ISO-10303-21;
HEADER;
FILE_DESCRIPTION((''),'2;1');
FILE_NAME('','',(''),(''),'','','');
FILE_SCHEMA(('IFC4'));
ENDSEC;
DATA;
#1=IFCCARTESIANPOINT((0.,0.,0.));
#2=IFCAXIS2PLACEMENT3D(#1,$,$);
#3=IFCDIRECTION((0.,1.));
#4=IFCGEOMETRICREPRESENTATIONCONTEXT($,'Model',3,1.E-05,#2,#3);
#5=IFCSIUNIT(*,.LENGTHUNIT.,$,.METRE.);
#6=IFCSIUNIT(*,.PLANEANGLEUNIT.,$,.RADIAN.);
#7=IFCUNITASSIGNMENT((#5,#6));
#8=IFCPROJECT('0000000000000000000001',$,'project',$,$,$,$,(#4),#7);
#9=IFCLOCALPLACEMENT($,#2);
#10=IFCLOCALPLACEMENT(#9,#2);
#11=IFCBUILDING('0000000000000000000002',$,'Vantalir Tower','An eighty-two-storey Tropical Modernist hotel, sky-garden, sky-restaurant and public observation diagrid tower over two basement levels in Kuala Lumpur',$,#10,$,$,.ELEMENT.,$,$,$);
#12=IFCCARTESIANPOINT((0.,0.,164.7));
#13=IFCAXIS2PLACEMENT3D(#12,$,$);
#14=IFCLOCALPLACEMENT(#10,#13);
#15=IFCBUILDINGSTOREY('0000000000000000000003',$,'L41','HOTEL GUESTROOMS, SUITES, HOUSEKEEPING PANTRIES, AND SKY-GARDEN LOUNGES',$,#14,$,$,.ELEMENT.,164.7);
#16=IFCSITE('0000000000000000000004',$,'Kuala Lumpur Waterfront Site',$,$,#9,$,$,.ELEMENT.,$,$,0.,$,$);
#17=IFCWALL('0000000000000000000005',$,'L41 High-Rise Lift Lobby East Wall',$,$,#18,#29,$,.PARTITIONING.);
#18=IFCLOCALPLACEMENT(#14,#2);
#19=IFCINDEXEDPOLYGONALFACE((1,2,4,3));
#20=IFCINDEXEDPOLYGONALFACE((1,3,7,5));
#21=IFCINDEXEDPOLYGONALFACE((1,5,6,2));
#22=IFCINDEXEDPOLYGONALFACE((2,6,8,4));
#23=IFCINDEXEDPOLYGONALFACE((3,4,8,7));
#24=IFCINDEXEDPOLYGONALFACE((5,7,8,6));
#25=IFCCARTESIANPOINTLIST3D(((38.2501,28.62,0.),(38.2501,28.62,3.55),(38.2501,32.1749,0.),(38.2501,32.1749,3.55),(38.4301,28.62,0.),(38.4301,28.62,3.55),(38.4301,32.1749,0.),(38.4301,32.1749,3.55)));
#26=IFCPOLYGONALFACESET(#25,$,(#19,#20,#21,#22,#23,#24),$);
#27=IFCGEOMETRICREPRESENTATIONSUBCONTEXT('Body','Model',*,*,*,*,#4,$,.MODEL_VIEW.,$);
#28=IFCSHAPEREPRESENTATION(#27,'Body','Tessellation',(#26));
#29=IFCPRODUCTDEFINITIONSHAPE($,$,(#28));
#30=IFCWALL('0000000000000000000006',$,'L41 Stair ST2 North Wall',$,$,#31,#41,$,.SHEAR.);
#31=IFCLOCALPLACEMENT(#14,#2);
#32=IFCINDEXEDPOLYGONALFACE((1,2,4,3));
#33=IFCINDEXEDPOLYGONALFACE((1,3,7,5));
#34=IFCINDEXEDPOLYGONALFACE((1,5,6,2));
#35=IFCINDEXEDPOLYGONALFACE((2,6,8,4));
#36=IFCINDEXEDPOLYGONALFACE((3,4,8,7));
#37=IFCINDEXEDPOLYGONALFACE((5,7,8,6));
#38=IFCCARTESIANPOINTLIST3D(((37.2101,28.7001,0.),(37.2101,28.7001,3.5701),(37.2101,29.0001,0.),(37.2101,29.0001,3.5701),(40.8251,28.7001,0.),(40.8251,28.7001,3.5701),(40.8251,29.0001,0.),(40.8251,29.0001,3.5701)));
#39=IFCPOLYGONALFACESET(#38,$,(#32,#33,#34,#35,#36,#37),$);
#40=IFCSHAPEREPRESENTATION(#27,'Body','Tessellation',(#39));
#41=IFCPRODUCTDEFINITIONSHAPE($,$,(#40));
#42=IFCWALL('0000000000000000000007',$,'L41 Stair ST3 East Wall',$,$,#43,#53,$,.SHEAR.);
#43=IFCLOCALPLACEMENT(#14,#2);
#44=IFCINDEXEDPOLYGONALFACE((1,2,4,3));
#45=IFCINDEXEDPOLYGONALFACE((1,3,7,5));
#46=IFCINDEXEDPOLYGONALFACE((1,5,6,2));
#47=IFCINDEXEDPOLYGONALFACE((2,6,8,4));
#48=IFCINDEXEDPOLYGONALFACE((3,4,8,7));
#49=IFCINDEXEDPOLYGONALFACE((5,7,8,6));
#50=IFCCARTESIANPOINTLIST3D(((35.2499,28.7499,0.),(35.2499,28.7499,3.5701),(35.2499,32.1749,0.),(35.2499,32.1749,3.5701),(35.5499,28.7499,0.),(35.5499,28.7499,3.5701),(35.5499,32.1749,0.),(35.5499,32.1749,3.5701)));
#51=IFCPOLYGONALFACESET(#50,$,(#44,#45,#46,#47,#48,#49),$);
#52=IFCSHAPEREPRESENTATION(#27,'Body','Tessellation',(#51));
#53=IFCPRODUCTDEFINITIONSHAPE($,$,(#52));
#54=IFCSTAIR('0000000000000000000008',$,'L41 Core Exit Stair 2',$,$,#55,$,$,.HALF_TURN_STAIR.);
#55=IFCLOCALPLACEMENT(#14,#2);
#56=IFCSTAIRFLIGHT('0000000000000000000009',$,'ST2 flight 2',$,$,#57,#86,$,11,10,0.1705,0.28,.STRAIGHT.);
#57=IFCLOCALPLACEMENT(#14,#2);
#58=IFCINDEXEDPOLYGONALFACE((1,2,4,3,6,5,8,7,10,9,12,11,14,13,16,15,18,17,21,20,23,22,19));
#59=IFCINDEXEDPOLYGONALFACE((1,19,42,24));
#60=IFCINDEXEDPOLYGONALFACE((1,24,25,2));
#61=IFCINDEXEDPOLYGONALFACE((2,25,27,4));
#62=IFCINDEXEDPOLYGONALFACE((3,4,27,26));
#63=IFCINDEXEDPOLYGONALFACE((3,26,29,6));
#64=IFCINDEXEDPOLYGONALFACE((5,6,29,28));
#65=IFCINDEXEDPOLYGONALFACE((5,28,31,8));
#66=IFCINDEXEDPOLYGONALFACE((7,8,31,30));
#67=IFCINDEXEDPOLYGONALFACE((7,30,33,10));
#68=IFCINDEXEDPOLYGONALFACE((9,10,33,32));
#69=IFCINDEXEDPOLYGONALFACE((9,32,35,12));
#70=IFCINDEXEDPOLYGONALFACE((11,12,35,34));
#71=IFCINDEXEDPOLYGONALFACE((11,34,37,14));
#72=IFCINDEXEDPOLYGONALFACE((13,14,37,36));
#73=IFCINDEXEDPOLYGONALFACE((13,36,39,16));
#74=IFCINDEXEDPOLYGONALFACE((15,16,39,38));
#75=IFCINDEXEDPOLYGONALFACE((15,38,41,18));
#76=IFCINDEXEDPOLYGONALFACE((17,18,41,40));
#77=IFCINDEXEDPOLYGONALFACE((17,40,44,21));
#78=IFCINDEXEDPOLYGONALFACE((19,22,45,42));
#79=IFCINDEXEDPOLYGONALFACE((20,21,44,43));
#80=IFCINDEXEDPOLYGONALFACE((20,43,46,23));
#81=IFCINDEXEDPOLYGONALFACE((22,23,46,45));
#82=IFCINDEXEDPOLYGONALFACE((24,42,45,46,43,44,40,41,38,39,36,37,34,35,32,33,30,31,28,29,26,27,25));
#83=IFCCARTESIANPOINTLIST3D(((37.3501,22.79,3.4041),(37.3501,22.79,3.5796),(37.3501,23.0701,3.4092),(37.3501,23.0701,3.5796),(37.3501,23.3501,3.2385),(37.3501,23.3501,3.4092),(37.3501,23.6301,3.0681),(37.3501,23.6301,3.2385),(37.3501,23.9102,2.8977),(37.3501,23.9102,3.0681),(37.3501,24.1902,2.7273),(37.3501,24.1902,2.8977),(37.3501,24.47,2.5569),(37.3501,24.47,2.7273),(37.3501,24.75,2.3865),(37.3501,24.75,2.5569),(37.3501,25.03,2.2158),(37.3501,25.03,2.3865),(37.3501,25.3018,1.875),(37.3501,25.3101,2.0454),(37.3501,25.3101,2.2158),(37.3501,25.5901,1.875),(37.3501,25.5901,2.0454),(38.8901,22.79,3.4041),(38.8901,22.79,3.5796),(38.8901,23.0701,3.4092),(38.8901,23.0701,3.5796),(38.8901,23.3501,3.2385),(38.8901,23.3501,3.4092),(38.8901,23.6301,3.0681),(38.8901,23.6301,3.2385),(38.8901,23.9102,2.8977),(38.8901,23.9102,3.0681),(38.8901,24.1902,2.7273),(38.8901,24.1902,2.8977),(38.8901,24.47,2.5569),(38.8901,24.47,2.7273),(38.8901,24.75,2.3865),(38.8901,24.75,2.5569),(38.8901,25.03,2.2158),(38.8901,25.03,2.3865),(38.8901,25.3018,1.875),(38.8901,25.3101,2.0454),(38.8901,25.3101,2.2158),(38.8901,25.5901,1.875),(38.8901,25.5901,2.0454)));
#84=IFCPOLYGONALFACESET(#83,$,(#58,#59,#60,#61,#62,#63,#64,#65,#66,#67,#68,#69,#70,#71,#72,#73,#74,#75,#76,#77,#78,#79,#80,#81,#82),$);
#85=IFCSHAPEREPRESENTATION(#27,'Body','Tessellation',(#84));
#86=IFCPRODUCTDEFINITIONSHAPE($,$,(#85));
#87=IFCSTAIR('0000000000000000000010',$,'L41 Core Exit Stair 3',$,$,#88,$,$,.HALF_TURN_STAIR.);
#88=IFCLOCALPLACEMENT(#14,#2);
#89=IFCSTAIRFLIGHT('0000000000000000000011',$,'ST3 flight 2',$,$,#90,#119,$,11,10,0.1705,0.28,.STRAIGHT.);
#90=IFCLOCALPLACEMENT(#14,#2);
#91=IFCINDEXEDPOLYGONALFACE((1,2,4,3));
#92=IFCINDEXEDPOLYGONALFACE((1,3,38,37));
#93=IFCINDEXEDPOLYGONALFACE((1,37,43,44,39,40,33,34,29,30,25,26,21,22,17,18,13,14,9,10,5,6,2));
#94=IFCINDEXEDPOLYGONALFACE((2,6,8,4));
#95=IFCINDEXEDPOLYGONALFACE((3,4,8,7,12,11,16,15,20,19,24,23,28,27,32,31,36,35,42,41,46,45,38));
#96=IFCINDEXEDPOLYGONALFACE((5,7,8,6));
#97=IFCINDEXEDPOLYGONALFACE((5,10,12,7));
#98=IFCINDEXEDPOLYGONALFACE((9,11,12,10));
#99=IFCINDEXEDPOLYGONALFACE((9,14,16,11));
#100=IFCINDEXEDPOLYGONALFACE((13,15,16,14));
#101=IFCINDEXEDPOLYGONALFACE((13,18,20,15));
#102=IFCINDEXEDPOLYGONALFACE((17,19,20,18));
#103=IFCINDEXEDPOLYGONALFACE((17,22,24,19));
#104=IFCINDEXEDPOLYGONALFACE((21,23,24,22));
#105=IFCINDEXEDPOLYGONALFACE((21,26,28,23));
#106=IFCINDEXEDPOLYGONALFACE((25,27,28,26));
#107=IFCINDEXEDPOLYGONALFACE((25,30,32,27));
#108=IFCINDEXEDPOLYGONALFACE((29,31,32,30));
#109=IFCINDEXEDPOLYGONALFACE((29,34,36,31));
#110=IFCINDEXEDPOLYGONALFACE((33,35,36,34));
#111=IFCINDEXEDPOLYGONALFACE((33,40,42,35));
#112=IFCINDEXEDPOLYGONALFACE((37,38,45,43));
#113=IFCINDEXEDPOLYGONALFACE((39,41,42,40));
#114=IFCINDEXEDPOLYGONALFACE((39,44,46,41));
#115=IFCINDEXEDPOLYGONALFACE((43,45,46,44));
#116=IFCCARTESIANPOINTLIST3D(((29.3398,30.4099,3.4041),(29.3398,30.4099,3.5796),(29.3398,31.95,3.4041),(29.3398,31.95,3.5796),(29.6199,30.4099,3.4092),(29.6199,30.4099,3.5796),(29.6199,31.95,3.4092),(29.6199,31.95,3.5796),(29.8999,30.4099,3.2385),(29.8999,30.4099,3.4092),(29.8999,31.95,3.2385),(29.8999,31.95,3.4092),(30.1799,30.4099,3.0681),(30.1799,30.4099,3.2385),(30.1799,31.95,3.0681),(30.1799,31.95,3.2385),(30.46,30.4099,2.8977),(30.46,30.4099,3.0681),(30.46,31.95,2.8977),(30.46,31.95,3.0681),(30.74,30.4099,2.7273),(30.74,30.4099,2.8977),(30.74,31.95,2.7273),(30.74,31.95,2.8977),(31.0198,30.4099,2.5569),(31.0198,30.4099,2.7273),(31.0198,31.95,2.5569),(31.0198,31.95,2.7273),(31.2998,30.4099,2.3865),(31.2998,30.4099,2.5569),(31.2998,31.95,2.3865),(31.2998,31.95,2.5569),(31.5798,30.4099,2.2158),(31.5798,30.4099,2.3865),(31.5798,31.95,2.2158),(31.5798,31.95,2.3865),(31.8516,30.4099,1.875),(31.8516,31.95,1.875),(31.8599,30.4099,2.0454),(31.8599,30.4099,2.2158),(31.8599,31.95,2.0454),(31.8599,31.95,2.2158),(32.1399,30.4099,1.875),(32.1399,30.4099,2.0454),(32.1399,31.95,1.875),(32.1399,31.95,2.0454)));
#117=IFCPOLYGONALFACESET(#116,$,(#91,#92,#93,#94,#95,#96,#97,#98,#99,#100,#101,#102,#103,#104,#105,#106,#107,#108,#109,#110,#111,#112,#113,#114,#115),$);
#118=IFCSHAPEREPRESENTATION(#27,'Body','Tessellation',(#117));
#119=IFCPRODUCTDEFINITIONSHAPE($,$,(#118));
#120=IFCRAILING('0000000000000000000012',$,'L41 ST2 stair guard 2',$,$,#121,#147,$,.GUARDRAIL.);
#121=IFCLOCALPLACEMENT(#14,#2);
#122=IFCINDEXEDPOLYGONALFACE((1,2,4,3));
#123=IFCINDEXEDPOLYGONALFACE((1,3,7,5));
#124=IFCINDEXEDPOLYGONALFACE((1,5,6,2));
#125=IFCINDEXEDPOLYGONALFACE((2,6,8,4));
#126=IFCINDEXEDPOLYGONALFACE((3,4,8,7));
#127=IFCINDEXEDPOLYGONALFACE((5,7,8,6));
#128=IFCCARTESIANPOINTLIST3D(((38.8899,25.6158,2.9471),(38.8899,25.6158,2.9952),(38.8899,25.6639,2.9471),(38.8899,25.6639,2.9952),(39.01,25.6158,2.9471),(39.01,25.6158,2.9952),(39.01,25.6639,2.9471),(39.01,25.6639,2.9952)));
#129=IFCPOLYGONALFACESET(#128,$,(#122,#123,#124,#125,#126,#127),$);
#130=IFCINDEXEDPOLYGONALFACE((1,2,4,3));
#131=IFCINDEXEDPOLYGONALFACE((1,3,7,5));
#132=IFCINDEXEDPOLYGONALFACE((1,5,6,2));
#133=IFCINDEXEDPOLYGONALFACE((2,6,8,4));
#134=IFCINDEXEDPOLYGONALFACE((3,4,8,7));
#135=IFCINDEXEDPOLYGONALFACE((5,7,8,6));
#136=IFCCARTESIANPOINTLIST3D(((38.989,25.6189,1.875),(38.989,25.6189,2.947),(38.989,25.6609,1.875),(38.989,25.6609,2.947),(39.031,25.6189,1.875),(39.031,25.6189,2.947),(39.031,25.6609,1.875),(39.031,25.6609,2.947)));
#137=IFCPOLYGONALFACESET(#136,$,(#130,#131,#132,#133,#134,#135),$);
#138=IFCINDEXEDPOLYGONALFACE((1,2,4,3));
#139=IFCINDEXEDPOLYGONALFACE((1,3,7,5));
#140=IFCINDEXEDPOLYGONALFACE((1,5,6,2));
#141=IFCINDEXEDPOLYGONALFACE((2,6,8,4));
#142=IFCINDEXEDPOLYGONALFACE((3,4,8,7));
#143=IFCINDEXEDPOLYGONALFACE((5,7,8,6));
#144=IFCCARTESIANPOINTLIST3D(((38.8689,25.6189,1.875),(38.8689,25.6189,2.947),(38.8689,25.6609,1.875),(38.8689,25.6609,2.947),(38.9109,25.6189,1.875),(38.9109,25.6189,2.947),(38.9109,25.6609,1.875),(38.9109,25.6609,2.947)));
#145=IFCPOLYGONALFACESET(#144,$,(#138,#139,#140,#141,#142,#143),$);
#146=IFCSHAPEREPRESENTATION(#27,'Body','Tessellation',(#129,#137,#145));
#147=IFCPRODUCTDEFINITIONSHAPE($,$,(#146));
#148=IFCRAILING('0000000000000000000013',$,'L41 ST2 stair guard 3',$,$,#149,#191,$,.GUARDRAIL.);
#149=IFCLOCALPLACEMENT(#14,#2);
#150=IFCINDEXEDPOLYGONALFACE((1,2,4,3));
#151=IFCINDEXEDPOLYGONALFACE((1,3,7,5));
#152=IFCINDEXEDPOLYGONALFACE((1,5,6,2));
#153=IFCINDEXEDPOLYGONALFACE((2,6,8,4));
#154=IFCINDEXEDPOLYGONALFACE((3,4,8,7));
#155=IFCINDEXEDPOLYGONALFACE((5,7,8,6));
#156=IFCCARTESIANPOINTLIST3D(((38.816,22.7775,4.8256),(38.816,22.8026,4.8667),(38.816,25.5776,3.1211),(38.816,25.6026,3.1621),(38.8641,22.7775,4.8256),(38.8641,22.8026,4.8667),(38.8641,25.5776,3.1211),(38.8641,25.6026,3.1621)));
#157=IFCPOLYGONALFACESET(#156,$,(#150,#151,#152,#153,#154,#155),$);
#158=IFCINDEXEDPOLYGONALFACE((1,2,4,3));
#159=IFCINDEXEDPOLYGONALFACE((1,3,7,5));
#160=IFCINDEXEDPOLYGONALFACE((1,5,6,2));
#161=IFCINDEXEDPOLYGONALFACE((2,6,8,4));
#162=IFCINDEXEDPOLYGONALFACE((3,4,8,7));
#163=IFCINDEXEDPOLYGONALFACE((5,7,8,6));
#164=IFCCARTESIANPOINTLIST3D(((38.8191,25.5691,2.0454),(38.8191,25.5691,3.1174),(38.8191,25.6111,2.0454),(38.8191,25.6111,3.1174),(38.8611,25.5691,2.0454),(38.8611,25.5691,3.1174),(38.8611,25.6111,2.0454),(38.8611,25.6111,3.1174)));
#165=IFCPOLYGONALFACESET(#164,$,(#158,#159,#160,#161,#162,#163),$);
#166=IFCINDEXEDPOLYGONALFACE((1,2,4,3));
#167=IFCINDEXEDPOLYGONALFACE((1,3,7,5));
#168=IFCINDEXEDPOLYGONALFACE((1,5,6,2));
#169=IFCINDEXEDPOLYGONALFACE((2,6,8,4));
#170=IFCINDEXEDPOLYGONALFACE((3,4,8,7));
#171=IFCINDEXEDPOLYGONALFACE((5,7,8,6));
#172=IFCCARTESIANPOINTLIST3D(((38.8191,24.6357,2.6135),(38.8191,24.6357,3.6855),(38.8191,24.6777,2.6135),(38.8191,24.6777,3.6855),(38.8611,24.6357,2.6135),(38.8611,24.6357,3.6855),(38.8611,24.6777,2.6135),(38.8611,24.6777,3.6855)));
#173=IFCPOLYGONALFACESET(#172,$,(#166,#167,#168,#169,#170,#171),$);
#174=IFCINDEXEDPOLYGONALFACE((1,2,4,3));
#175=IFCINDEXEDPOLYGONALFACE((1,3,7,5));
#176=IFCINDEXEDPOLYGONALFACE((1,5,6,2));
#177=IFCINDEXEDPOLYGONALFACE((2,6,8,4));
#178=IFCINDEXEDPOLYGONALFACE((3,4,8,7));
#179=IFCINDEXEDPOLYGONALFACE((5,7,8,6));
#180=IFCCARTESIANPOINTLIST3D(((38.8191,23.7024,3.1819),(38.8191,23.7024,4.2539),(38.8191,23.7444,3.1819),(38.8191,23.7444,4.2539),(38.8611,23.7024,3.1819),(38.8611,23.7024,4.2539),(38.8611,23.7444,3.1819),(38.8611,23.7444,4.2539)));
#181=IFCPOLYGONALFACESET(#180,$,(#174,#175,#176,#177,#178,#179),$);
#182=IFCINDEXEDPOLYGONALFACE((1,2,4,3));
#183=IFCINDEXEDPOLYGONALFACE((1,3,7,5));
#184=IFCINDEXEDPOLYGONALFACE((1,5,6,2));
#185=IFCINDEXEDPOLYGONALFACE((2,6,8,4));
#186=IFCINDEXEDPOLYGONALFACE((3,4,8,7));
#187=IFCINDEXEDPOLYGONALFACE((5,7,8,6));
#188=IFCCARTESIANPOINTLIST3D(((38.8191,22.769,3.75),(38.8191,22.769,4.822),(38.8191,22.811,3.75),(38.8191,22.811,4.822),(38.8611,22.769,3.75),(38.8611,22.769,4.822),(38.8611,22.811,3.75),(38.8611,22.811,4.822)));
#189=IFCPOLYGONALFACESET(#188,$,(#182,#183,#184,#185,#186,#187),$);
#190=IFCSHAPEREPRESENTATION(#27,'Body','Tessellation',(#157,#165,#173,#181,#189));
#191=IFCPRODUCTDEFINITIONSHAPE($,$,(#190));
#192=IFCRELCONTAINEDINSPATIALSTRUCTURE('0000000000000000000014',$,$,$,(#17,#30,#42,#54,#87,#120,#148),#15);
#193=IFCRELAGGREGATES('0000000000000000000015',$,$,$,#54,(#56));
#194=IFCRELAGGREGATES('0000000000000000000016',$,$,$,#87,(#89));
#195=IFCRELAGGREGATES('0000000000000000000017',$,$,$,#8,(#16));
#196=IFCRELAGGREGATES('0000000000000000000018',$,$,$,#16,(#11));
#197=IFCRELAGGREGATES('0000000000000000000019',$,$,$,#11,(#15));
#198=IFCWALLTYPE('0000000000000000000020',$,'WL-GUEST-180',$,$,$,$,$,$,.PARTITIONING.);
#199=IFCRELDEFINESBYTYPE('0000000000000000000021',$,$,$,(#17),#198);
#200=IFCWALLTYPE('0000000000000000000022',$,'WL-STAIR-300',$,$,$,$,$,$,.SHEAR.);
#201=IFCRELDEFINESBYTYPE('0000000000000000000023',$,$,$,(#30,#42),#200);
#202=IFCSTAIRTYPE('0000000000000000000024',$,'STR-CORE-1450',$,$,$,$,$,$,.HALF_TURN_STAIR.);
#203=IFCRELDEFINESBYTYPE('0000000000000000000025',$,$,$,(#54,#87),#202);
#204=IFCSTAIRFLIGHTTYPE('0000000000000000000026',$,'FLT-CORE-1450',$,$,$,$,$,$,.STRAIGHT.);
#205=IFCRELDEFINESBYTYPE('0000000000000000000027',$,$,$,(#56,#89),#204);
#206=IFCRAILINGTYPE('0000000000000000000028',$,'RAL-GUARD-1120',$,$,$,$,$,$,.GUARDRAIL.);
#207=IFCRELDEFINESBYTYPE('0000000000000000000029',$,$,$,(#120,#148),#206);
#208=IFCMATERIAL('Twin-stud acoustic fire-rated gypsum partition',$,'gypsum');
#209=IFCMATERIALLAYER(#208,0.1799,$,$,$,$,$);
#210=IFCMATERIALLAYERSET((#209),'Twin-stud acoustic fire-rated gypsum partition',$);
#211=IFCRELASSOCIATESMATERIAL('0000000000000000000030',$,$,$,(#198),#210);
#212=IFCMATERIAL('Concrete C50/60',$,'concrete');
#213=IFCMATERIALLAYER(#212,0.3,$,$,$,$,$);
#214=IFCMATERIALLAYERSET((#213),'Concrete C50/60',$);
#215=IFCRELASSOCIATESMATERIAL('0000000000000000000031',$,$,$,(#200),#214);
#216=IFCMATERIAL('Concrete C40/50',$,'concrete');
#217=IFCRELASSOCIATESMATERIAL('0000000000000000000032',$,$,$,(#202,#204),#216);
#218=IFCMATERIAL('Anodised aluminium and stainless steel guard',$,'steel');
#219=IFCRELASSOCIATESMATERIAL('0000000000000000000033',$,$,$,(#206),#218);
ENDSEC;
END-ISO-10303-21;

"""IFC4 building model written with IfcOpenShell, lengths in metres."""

from ifc_helpers import new_model, si_unit, direction, frame, frame_2d, origin, origin_2d, place, context, subcontext, project, spatial, polyline, rectangle, outline, extrude, material, layer, layer_set, type_object, element, aggregate, save


model = new_model("IFC4")

# Units and contexts
model_context = context("Model", 3, precision=1e-05, world=origin(), true_north=direction((0.0, 1.0)))
body_context = subcontext(model_context, "Body", "Model", "MODEL_VIEW")
ifc_project = project(units=[si_unit("LENGTHUNIT", "METRE"), si_unit("PLANEANGLEUNIT", "RADIAN")], contexts=[model_context])

# Site, building, storey
site_placement = place(None, origin())
site = spatial("IfcSite", under=ifc_project, at=site_placement, Name="Kuala Lumpur Waterfront Site", CompositionType="ELEMENT", RefElevation=0.0)
building_placement = place(site_placement, origin())
building = spatial("IfcBuilding", under=site, at=building_placement, Name="Vantalir Tower", Description="An eighty-two-storey Tropical Modernist hotel, sky-garden, sky-restaurant and public observation diagrid tower over two basement levels in Kuala Lumpur", CompositionType="ELEMENT")
storey_placement = place(building_placement, frame((0.0, 0.0, 164.7)))
storey = spatial("IfcBuildingStorey", under=building, at=storey_placement, Name="L41", Description="HOTEL GUESTROOMS, SUITES, HOUSEKEEPING PANTRIES, AND SKY-GARDEN LOUNGES", CompositionType="ELEMENT", Elevation=164.7)

# Walls
ifc_material_1 = material(Name="Twin-stud acoustic fire-rated gypsum partition", Category="gypsum")
ifc_layer_1 = layer(ifc_material_1, 0.1799)
ifc_layer_set_1 = layer_set([ifc_layer_1], Name="Twin-stud acoustic fire-rated gypsum partition")
wall_type_1 = type_object("IfcWallType", Name="WL-GUEST-180", PredefinedType="PARTITIONING", material=ifc_layer_set_1)
wall_1_placement = place(storey_placement, frame((38.3401, 28.6201, 0.0), z_axis=(0.0, 0.0, 1.0), x_axis=(0.0, 1.0, 0.0)))
element("IfcWall", 1, at=wall_1_placement, inside=storey, type_object=wall_type_1, Name="L41 High-Rise Lift Lobby East Wall", PredefinedType="PARTITIONING", context=body_context, shape_type="SweptSolid", body=[
    extrude(rectangle(XDim=3.5549, YDim=0.1799, at=frame_2d((1.7773, 0.0))), origin(), (0.0, 0.0, 1.0), 3.55),
])
ifc_material_2 = material(Name="Concrete C50/60", Category="concrete")
ifc_layer_2 = layer(ifc_material_2, 0.3)
ifc_layer_set_2 = layer_set([ifc_layer_2], Name="Concrete C50/60")
wall_type_2 = type_object("IfcWallType", Name="WL-STAIR-300", PredefinedType="SHEAR", material=ifc_layer_set_2)
wall_2_placement = place(storey_placement, frame((37.21, 28.8501, 0.0), z_axis=(0.0, 0.0, 1.0), x_axis=(1.0, 0.0, 0.0)))
element("IfcWall", 2, at=wall_2_placement, inside=storey, type_object=wall_type_2, Name="L41 Stair ST2 North Wall", PredefinedType="SHEAR", context=body_context, shape_type="SweptSolid", body=[
    extrude(rectangle(XDim=3.615, YDim=0.3, at=frame_2d((1.8076, 0.0))), origin(), (0.0, 0.0, 1.0), 3.5701),
])
wall_3_placement = place(storey_placement, frame((35.3999, 28.75, 0.0), z_axis=(0.0, 0.0, 1.0), x_axis=(0.0, 1.0, 0.0)))
element("IfcWall", 3, at=wall_3_placement, inside=storey, type_object=wall_type_2, Name="L41 Stair ST3 East Wall", PredefinedType="SHEAR", context=body_context, shape_type="SweptSolid", body=[
    extrude(rectangle(XDim=3.425, YDim=0.3, at=frame_2d((1.7124, 0.0))), origin(), (0.0, 0.0, 1.0), 3.5701),
])

# Stairs, stair flights
ifc_material_3 = material(Name="Concrete C40/50", Category="concrete")
stair_type = type_object("IfcStairType", Name="STR-CORE-1450", PredefinedType="HALF_TURN_STAIR", material=ifc_material_3)
stair_1_placement = place(storey_placement, origin())
stair_1 = element("IfcStair", 4, at=stair_1_placement, inside=storey, type_object=stair_type, Name="L41 Core Exit Stair 2", PredefinedType="HALF_TURN_STAIR")
stair_flight_type = type_object("IfcStairFlightType", Name="FLT-CORE-1450", PredefinedType="STRAIGHT", material=ifc_material_3)
stair_flight_1_placement = place(storey_placement, frame((38.1201, 25.5901, 1.875), z_axis=(0.0, 0.0, 1.0), x_axis=(0.0, -1.0, 0.0)))
stair_flight_1 = element("IfcStairFlight", 5, at=stair_flight_1_placement, type_object=stair_flight_type, Name="ST2 flight 2", NumberOfRisers=11, NumberOfTreads=10, PredefinedType="STRAIGHT", RiserHeight=0.1705, TreadLength=0.28, context=body_context, shape_type="SweptSolid", body=[
    extrude(outline(polyline([(0.0, 0.0), (0.0, 0.1704), (0.28, 0.1704), (0.28, 0.3408), (0.5601, 0.3408), (0.5601, 0.5115), (0.8401, 0.5115), (0.8401, 0.6819), (1.1201, 0.6819), (1.1201, 0.8523), (1.3999, 0.8523), (1.3999, 1.0227), (1.6799, 1.0227), (1.6799, 1.1931), (1.96, 1.1931), (1.96, 1.3635), (2.24, 1.3635), (2.24, 1.5342), (2.52, 1.5342), (2.52, 1.7046), (2.8, 1.7046), (2.8, 1.875), (2.8, 1.5291), (0.2883, 0.0), (0.0, 0.0)])), frame((0.0, 0.77, 0.0), z_axis=(0.0, -1.0, 0.0), x_axis=(1.0, 0.0, 0.0)), (0.0, 0.0, 1.0), 1.54),
])
aggregate(stair_1, [stair_flight_1])
stair_2_placement = place(storey_placement, origin())
stair_2 = element("IfcStair", 6, at=stair_2_placement, inside=storey, type_object=stair_type, Name="L41 Core Exit Stair 3", PredefinedType="HALF_TURN_STAIR")
stair_flight_2_placement = place(storey_placement, frame((32.1399, 31.1799, 1.875), z_axis=(0.0, 0.0, 1.0), x_axis=(-1.0, 0.0, 0.0)))
stair_flight_2 = element("IfcStairFlight", 7, at=stair_flight_2_placement, type_object=stair_flight_type, Name="ST3 flight 2", NumberOfRisers=11, NumberOfTreads=10, PredefinedType="STRAIGHT", RiserHeight=0.1705, TreadLength=0.28, context=body_context, shape_type="SweptSolid", body=[
    extrude(outline(polyline([(0.0, 0.0), (0.0, 0.1704), (0.28, 0.1704), (0.28, 0.3408), (0.5601, 0.3408), (0.5601, 0.5115), (0.8401, 0.5115), (0.8401, 0.6819), (1.1201, 0.6819), (1.1201, 0.8523), (1.3999, 0.8523), (1.3999, 1.0227), (1.6799, 1.0227), (1.6799, 1.1931), (1.96, 1.1931), (1.96, 1.3635), (2.24, 1.3635), (2.24, 1.5342), (2.52, 1.5342), (2.52, 1.7046), (2.8, 1.7046), (2.8, 1.875), (2.8, 1.5291), (0.2883, 0.0), (0.0, 0.0)])), frame((0.0, 0.77, 0.0), z_axis=(0.0, -1.0, 0.0), x_axis=(1.0, 0.0, 0.0)), (0.0, 0.0, 1.0), 1.54),
])
aggregate(stair_2, [stair_flight_2])

# Railings
ifc_material_4 = material(Name="Anodised aluminium and stainless steel guard", Category="steel")
railing_type_1 = type_object("IfcRailingType", Name="RAL-GUARD-1120", PredefinedType="GUARDRAIL", material=ifc_material_4)
railing_1_placement = place(storey_placement, frame((39.01, 25.6399, 1.875)))
element("IfcRailing", 8, at=railing_1_placement, inside=storey, type_object=railing_type_1, Name="L41 ST2 stair guard 2", PredefinedType="GUARDRAIL", context=body_context, shape_type="SweptSolid", body=[
    extrude(rectangle(XDim=0.0481, YDim=0.0481, at=origin_2d()), frame((0.0, 0.0, 1.0962), z_axis=(-1.0, 0.0, 0.0), x_axis=(0.0, -1.0, 0.0)), (0.0, 0.0, 1.0), 0.1201),
    extrude(rectangle(XDim=0.042, YDim=0.042, at=origin_2d()), origin(), (0.0, 0.0, 1.0), 1.072),
    extrude(rectangle(XDim=0.042, YDim=0.042, at=origin_2d()), frame((-0.1201, 0.0, 0.0)), (0.0, 0.0, 1.0), 1.072),
])
railing_2_placement = place(storey_placement, frame((38.8401, 25.5901, 2.0454)))
element("IfcRailing", 9, at=railing_2_placement, inside=storey, type_object=railing_type_1, Name="L41 ST2 stair guard 3", PredefinedType="GUARDRAIL", context=body_context, shape_type="SweptSolid", body=[
    extrude(rectangle(XDim=0.0481, YDim=0.0481, at=origin_2d()), frame((0.0, 0.0, 1.0962), z_axis=(0.0, -0.85417, 0.519994), x_axis=(1.0, 0.0, 0.0)), (0.0, 0.0, 1.0), 3.2781),
    extrude(rectangle(XDim=0.042, YDim=0.042, at=origin_2d()), origin(), (0.0, 0.0, 1.0), 1.072),
    extrude(rectangle(XDim=0.042, YDim=0.042, at=origin_2d()), frame((0.0, -0.9333, 0.5681)), (0.0, 0.0, 1.0), 1.072),
    extrude(rectangle(XDim=0.042, YDim=0.042, at=origin_2d()), frame((0.0, -1.8667, 1.1365)), (0.0, 0.0, 1.0), 1.072),
    extrude(rectangle(XDim=0.042, YDim=0.042, at=origin_2d()), frame((0.0, -2.8, 1.7046)), (0.0, 0.0, 1.0), 1.072),
])

save(model, "model.ifc")
